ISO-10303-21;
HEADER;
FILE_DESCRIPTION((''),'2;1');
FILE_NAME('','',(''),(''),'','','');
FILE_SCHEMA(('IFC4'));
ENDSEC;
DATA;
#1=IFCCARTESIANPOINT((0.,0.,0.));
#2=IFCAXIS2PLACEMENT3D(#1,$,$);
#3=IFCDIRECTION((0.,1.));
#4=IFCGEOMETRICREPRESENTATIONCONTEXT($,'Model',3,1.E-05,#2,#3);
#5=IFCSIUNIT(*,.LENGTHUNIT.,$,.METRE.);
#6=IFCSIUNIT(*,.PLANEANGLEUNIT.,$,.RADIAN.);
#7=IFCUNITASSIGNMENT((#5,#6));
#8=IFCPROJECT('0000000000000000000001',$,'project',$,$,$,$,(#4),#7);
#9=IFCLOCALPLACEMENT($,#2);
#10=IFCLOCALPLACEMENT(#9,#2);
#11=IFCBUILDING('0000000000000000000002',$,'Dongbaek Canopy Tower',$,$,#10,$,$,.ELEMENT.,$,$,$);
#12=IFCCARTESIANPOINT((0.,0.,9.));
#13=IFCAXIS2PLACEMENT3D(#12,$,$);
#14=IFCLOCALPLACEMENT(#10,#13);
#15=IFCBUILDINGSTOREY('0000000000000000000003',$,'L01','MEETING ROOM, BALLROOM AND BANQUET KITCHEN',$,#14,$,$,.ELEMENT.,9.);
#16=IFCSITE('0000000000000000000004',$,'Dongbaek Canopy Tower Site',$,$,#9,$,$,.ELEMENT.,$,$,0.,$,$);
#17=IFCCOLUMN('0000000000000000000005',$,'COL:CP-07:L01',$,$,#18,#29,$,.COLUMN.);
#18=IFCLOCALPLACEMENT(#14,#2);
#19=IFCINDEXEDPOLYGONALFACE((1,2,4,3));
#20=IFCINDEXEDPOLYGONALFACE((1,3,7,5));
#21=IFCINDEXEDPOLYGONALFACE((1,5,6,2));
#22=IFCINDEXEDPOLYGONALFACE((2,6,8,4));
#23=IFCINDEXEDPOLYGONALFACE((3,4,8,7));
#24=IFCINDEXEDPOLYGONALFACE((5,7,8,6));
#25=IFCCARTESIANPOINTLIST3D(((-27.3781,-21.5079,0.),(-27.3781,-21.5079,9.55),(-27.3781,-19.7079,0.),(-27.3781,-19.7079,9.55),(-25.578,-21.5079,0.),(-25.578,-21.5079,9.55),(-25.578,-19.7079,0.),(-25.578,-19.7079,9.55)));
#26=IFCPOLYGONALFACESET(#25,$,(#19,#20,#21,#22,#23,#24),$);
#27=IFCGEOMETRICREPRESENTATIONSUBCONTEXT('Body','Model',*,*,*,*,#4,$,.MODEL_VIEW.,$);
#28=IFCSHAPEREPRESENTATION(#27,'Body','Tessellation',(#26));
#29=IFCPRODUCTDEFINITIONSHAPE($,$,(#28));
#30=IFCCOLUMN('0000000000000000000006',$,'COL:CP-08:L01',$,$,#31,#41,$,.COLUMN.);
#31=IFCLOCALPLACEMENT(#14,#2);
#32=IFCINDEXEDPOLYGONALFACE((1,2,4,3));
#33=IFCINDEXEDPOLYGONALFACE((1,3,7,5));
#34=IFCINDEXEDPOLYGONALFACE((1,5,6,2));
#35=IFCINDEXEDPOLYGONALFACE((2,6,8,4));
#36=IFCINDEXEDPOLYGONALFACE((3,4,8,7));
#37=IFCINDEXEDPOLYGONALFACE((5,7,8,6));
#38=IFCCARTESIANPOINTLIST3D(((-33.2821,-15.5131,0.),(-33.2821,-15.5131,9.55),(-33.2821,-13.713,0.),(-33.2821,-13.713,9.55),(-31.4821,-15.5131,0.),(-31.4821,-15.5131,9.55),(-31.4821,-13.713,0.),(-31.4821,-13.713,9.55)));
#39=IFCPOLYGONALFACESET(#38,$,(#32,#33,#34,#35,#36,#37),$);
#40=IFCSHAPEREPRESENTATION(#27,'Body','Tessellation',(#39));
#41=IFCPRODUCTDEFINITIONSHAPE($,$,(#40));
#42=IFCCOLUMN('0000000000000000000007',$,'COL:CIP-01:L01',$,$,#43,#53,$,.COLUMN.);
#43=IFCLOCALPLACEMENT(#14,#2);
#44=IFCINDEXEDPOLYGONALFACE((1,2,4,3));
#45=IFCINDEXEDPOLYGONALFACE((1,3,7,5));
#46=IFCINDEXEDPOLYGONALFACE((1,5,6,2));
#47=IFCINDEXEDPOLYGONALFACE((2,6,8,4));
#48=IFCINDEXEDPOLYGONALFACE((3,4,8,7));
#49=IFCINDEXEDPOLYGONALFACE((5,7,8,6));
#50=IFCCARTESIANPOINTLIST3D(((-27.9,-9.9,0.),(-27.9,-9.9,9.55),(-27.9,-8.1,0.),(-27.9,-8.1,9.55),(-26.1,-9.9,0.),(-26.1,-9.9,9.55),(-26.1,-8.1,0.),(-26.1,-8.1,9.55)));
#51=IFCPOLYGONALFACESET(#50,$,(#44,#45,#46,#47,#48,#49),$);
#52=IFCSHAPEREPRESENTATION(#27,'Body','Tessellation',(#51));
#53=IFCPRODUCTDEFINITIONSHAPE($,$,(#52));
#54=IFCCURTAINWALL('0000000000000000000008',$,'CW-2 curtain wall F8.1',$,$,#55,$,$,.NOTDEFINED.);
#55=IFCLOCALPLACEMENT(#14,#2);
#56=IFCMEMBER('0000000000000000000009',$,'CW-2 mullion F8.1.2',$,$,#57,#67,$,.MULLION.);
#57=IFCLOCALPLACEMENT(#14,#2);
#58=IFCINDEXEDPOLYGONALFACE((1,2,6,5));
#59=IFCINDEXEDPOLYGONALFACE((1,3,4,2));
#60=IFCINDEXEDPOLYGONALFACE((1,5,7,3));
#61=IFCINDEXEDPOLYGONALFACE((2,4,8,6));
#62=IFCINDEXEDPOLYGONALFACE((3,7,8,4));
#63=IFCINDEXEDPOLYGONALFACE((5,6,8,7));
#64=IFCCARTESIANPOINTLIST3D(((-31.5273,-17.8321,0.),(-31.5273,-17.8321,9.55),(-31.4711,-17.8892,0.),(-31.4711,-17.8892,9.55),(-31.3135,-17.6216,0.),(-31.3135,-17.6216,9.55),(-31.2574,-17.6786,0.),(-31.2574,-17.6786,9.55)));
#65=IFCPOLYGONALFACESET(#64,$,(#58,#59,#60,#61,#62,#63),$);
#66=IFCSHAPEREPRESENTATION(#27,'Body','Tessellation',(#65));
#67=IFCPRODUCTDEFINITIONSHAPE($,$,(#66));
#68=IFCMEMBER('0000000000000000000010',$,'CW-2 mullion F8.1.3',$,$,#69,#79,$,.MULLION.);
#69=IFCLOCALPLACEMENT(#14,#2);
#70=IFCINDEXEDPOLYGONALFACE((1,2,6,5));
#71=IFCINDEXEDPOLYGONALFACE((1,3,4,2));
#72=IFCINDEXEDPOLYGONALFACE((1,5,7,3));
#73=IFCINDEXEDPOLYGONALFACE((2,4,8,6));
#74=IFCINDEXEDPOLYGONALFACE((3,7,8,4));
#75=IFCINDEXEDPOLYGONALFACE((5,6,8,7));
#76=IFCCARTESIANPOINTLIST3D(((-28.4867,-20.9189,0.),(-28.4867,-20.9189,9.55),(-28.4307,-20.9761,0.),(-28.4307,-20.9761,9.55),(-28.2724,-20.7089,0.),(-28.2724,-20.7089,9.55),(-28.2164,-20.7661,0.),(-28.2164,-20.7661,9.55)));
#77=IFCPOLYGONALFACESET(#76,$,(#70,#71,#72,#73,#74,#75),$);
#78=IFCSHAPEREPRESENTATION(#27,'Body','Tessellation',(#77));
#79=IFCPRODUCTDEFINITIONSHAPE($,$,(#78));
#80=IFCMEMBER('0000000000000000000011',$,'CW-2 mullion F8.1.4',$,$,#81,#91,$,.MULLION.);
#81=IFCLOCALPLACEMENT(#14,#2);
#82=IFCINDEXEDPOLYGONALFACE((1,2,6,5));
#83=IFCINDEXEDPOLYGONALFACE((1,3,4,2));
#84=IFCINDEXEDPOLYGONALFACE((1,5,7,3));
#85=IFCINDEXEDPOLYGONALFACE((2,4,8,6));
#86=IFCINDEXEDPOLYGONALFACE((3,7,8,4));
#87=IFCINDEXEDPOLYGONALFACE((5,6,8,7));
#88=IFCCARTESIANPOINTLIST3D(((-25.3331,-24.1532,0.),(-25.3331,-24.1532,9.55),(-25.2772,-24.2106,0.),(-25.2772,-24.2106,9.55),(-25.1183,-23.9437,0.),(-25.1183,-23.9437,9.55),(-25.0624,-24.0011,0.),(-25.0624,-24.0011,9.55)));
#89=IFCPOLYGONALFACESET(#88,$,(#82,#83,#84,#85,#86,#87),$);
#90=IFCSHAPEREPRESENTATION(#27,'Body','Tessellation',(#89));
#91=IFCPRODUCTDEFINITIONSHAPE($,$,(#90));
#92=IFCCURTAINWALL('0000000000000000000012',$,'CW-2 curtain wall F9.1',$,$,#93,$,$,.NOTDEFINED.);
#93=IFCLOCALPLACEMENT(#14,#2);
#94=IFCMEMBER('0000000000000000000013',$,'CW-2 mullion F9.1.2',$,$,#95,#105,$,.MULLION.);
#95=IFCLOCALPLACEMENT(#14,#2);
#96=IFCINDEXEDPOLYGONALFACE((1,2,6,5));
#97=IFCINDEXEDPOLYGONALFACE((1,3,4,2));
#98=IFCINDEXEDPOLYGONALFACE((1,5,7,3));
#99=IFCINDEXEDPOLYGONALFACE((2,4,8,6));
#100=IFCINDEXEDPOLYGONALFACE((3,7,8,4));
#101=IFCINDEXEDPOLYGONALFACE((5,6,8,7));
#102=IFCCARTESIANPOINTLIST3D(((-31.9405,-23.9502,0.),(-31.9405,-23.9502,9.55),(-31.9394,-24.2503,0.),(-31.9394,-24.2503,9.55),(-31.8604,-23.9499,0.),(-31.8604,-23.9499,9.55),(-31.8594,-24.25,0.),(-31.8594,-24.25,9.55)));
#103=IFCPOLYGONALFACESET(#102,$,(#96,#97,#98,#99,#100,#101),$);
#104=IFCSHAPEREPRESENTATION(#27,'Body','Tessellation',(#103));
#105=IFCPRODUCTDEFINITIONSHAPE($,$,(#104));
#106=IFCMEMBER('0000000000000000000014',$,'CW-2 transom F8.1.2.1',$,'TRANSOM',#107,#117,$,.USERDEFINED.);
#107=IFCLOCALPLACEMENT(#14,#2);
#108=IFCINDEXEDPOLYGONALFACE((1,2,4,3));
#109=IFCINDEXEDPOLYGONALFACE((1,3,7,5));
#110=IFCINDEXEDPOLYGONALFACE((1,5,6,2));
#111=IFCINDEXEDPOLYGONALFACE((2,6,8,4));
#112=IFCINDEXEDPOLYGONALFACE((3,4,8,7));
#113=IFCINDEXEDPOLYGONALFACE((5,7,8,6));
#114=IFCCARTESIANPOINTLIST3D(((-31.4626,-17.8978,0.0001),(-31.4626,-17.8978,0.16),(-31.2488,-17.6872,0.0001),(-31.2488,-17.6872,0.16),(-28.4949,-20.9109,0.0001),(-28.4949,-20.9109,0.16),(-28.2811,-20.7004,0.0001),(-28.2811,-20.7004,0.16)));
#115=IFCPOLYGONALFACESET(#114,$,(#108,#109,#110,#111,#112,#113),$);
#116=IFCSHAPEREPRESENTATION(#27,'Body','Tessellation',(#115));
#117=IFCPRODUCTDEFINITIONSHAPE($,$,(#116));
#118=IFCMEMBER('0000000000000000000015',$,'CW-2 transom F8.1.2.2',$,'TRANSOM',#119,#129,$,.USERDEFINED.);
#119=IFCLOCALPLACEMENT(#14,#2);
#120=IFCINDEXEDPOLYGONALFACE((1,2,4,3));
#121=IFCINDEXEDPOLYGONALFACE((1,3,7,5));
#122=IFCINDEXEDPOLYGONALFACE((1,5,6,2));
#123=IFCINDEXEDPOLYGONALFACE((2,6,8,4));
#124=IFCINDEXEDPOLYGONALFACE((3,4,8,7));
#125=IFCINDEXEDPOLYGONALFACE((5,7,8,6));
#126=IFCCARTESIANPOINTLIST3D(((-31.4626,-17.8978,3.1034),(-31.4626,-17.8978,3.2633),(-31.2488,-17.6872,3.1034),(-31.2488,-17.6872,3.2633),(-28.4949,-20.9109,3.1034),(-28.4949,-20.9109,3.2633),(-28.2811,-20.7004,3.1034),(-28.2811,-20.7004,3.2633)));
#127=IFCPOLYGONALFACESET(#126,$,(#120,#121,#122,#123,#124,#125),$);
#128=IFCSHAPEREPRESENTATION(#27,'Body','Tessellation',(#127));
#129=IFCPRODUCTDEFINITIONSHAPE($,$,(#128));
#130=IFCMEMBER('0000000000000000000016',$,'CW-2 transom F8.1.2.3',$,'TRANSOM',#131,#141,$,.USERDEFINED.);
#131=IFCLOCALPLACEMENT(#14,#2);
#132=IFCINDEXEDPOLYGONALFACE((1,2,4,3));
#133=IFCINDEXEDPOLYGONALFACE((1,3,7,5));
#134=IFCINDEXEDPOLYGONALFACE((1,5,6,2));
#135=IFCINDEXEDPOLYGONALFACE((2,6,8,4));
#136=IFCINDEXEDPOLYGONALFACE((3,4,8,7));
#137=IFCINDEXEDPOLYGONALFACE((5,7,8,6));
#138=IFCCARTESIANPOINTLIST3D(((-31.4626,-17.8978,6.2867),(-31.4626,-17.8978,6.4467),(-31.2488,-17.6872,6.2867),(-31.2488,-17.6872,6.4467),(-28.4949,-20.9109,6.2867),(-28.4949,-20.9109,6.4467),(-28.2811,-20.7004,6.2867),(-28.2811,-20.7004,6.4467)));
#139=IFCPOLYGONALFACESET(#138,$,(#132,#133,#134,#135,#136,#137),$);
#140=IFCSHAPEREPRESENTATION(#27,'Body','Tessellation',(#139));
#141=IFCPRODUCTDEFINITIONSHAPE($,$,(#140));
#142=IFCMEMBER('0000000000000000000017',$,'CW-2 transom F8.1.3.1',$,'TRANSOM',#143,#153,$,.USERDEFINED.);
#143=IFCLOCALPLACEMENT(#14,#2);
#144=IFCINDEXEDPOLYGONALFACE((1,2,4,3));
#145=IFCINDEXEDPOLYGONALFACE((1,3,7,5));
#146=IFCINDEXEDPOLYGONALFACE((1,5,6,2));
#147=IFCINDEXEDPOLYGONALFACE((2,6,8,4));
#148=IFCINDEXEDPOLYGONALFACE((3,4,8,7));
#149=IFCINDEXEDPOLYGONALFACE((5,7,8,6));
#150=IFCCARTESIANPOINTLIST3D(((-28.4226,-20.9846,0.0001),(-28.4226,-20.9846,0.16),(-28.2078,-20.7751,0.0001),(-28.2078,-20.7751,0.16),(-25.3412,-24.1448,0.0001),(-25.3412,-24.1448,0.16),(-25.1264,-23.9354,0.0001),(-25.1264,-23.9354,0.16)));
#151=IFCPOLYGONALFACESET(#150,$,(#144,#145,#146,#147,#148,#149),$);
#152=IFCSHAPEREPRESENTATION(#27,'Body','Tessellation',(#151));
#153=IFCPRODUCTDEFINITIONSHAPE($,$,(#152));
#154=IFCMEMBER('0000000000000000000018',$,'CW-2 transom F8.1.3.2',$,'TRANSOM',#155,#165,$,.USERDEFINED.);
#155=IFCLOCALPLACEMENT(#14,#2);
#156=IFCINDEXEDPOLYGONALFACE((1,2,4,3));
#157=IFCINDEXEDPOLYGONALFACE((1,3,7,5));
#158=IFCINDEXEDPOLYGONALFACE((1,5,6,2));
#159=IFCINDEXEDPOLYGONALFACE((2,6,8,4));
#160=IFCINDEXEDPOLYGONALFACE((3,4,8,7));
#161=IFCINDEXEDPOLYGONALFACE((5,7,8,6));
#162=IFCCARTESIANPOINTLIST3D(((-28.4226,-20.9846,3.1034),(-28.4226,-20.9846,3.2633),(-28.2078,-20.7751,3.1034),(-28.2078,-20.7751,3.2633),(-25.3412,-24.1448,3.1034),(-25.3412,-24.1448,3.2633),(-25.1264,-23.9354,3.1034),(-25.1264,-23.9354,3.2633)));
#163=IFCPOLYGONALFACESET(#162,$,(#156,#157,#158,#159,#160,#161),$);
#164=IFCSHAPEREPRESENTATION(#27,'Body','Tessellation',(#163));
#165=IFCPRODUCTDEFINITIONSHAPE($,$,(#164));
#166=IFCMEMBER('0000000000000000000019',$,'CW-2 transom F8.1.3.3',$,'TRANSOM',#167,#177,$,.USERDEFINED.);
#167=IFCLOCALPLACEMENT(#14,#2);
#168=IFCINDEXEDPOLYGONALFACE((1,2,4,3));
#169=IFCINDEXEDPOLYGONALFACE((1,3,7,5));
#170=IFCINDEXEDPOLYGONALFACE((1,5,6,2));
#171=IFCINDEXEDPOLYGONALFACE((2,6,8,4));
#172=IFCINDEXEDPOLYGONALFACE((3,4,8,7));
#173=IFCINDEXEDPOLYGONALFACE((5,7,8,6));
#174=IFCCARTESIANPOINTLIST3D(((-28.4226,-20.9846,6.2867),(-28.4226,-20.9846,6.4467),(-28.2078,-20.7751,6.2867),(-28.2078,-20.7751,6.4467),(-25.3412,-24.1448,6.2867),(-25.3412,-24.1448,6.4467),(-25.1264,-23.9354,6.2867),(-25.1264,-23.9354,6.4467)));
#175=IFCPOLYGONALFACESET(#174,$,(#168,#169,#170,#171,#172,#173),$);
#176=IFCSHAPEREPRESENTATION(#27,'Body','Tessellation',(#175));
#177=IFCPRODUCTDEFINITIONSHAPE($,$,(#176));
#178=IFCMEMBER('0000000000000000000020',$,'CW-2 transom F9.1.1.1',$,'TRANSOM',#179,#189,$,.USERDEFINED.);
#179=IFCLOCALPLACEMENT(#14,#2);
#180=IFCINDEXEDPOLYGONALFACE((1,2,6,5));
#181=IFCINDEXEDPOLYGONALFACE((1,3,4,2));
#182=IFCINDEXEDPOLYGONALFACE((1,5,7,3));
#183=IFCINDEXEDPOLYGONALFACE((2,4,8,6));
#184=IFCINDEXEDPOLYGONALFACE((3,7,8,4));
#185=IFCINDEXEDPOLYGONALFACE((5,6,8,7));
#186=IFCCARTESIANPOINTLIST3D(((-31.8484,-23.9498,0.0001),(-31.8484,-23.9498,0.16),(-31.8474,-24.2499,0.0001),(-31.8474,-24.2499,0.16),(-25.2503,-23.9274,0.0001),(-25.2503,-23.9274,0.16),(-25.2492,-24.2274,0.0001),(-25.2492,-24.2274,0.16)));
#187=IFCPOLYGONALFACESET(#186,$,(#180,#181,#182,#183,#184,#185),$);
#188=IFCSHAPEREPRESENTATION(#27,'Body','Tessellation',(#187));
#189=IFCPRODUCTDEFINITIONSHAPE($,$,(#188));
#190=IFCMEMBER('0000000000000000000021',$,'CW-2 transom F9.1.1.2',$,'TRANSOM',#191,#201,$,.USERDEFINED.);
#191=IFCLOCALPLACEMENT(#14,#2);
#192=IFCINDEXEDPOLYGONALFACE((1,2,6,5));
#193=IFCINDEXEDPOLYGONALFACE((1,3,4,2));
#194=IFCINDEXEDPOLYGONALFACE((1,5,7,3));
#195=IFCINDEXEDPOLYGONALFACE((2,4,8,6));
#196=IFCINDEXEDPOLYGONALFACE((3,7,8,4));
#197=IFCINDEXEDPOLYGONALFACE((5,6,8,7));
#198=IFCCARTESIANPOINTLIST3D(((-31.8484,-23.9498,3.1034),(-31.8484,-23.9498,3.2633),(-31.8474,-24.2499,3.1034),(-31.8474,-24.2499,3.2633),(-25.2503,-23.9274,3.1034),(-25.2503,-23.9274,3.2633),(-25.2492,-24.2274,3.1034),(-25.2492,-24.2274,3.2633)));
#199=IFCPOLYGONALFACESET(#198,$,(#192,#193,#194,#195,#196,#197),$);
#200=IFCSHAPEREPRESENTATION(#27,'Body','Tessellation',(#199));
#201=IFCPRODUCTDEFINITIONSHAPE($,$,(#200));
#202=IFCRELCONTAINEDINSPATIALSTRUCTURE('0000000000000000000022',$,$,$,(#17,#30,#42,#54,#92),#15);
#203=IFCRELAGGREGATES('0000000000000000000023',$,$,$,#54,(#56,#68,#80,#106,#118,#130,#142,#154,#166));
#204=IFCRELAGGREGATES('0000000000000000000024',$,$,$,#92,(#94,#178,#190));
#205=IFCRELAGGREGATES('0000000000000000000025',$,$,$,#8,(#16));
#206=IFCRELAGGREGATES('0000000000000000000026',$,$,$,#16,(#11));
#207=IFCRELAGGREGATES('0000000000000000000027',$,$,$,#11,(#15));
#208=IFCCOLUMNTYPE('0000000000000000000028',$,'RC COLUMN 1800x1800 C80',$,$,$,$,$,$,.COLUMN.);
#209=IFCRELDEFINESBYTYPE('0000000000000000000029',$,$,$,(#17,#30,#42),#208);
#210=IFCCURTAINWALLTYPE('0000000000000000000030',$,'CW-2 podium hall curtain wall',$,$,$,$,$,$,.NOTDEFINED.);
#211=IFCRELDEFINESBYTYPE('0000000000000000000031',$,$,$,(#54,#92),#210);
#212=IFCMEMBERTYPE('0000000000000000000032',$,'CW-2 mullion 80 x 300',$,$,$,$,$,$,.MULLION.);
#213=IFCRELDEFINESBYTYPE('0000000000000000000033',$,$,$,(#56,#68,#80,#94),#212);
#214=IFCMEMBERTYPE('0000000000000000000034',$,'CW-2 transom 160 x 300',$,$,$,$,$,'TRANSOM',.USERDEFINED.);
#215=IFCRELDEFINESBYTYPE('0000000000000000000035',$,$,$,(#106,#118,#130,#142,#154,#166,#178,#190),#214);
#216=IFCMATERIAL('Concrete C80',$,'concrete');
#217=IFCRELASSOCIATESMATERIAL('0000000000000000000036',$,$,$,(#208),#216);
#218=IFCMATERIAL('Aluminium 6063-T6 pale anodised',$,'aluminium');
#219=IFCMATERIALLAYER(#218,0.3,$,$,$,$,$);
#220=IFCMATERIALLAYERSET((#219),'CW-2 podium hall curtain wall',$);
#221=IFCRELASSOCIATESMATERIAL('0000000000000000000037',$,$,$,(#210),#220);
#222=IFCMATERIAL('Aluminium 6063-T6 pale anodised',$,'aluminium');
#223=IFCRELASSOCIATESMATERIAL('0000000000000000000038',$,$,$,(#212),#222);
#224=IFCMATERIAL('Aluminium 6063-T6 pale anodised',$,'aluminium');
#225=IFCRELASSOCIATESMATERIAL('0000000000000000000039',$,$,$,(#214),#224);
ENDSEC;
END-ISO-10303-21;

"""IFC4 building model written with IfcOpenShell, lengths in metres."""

from ifc_helpers import new_model, si_unit, direction, frame, origin, origin_2d, place, context, subcontext, project, spatial, rectangle, extrude, material, layer, layer_set, material_profile, profile_set, type_object, element, aggregate, save


model = new_model("IFC4")

# Units and contexts
model_context = context("Model", 3, precision=1e-05, world=origin(), true_north=direction((0.0, 1.0)))
body_context = subcontext(model_context, "Body", "Model", "MODEL_VIEW")
ifc_project = project(units=[si_unit("LENGTHUNIT", "METRE"), si_unit("PLANEANGLEUNIT", "RADIAN")], contexts=[model_context])

# Site, building, storey
site_placement = place(None, origin())
site = spatial("IfcSite", under=ifc_project, at=site_placement, Name="Dongbaek Canopy Tower Site", CompositionType="ELEMENT", RefElevation=0.0)
building_placement = place(site_placement, origin())
building = spatial("IfcBuilding", under=site, at=building_placement, Name="Dongbaek Canopy Tower", CompositionType="ELEMENT")
storey_placement = place(building_placement, frame((0.0, 0.0, 9.0)))
storey = spatial("IfcBuildingStorey", under=building, at=storey_placement, Name="L01", Description="MEETING ROOM, BALLROOM AND BANQUET KITCHEN", CompositionType="ELEMENT", Elevation=9.0)

# Columns
ifc_material_1 = material(Name="Concrete C80", Category="concrete")
ifc_material_profile_1 = material_profile(ifc_material_1, rectangle(XDim=1.8, YDim=1.8, at=origin_2d()), Name="RC COLUMN 1800x1800 C80")
ifc_profile_set_1 = profile_set([ifc_material_profile_1], Name="Concrete C80")
column_type = type_object("IfcColumnType", Name="RC COLUMN 1800x1800 C80", PredefinedType="COLUMN", material=ifc_profile_set_1)
for number, where, z_axis, x_axis, name in (
    (1, (-26.478, -20.6079, 0.0), (0.0, 0.0, 1.0), (1.0, 0.0, 0.0), "COL:CP-07:L01"),
    (2, (-32.3821, -14.613, 0.0), (0.0, 0.0, 1.0), (1.0, 0.0, 0.0), "COL:CP-08:L01"),
    (3, (-27.0, -9.0, 0.0), (0.0, 0.0, 1.0), (1.0, 0.0, 0.0), "COL:CIP-01:L01"),
):
    element("IfcColumn", number, at=place(storey_placement, frame(where, z_axis=z_axis, x_axis=x_axis)), inside=storey, type_object=column_type, Name=name, PredefinedType="COLUMN", context=body_context, shape_type="SweptSolid", body=[
        extrude(rectangle(XDim=1.8, YDim=1.8, at=origin_2d()), origin(), (0.0, 0.0, 1.0), 9.55),
    ])

# Curtain wall, members
ifc_material_2 = material(Name="Aluminium 6063-T6 pale anodised", Category="aluminium")
ifc_layer_1 = layer(ifc_material_2, 0.3)
ifc_layer_set_1 = layer_set([ifc_layer_1], Name="CW-2 podium hall curtain wall")
curtain_wall_type = type_object("IfcCurtainWallType", Name="CW-2 podium hall curtain wall", PredefinedType="NOTDEFINED", material=ifc_layer_set_1)
curtain_wall_1_placement = place(storey_placement, origin())
curtain_wall_1 = element("IfcCurtainWall", 4, at=curtain_wall_1_placement, inside=storey, type_object=curtain_wall_type, Name="CW-2 curtain wall F8.1", PredefinedType="NOTDEFINED")
ifc_material_3 = material(Name="Aluminium 6063-T6 pale anodised", Category="aluminium")
ifc_material_profile_2 = material_profile(ifc_material_3, rectangle(XDim=0.3, YDim=0.0801, at=origin_2d()), Name="CW-2 mullion 80 x 300")
ifc_profile_set_2 = profile_set([ifc_material_profile_2], Name="Aluminium 6063-T6 pale anodised")
member_type_1 = type_object("IfcMemberType", Name="CW-2 mullion 80 x 300", PredefinedType="MULLION", material=ifc_profile_set_2)
member_1_placement = place(storey_placement, frame((-31.3923, -17.7554, 0.0), z_axis=(0.0, 0.0, 1.0), x_axis=(-0.712455, -0.701718, 0.0)))
member_1 = element("IfcMember", 5, at=member_1_placement, type_object=member_type_1, Name="CW-2 mullion F8.1.2", PredefinedType="MULLION", context=body_context, shape_type="SweptSolid", body=[
    extrude(rectangle(XDim=0.3, YDim=0.0801, at=origin_2d()), origin(), (0.0, 0.0, 1.0), 9.55),
])
member_2_placement = place(storey_placement, frame((-28.3516, -20.8425, 0.0), z_axis=(0.0, 0.0, 1.0), x_axis=(-0.71422, -0.699921, 0.0)))
member_2 = element("IfcMember", 6, at=member_2_placement, type_object=member_type_1, Name="CW-2 mullion F8.1.3", PredefinedType="MULLION", context=body_context, shape_type="SweptSolid", body=[
    extrude(rectangle(XDim=0.3, YDim=0.0801, at=origin_2d()), origin(), (0.0, 0.0, 1.0), 9.55),
])
member_3_placement = place(storey_placement, frame((-25.1978, -24.0771, 0.0), z_axis=(0.0, 0.0, 1.0), x_axis=(-0.715981, -0.69812, 0.0)))
member_3 = element("IfcMember", 7, at=member_3_placement, type_object=member_type_1, Name="CW-2 mullion F8.1.4", PredefinedType="MULLION", context=body_context, shape_type="SweptSolid", body=[
    extrude(rectangle(XDim=0.3, YDim=0.0801, at=origin_2d()), origin(), (0.0, 0.0, 1.0), 9.55),
])

# Curtain wall, member
curtain_wall_2_placement = place(storey_placement, origin())
curtain_wall_2 = element("IfcCurtainWall", 8, at=curtain_wall_2_placement, inside=storey, type_object=curtain_wall_type, Name="CW-2 curtain wall F9.1", PredefinedType="NOTDEFINED")
member_4_placement = place(storey_placement, frame((-31.8999, -24.1001, 0.0), z_axis=(0.0, 0.0, 1.0), x_axis=(-0.003396, 0.999994, 0.0)))
member_4 = element("IfcMember", 9, at=member_4_placement, type_object=member_type_1, Name="CW-2 mullion F9.1.2", PredefinedType="MULLION", context=body_context, shape_type="SweptSolid", body=[
    extrude(rectangle(XDim=0.3, YDim=0.0801, at=origin_2d()), origin(), (0.0, 0.0, 1.0), 9.55),
])

# Members
ifc_material_4 = material(Name="Aluminium 6063-T6 pale anodised", Category="aluminium")
ifc_material_profile_3 = material_profile(ifc_material_4, rectangle(XDim=0.3, YDim=0.1599, at=origin_2d()), Name="CW-2 transom 160 x 300")
ifc_profile_set_3 = profile_set([ifc_material_profile_3], Name="Aluminium 6063-T6 pale anodised")
member_type_2 = type_object("IfcMemberType", Name="CW-2 transom 160 x 300", ElementType="TRANSOM", PredefinedType="USERDEFINED", material=ifc_profile_set_3)
member_5_placement = place(storey_placement, frame((-31.3557, -17.7925, 0.0801), z_axis=(0.701718, -0.712455, 0.0), x_axis=(0.712455, 0.701718, 0.0)))
member_5 = element("IfcMember", 10, at=member_5_placement, type_object=member_type_2, Name="CW-2 transom F8.1.2.1", ObjectType="TRANSOM", PredefinedType="USERDEFINED", context=body_context, shape_type="SweptSolid", body=[
    extrude(rectangle(XDim=0.3, YDim=0.1599, at=origin_2d()), origin(), (0.0, 0.0, 1.0), 4.2292),
])
member_6_placement = place(storey_placement, frame((-31.3557, -17.7925, 3.1833), z_axis=(0.701718, -0.712455, 0.0), x_axis=(0.712455, 0.701718, 0.0)))
member_6 = element("IfcMember", 11, at=member_6_placement, type_object=member_type_2, Name="CW-2 transom F8.1.2.2", ObjectType="TRANSOM", PredefinedType="USERDEFINED", context=body_context, shape_type="SweptSolid", body=[
    extrude(rectangle(XDim=0.3, YDim=0.1599, at=origin_2d()), origin(), (0.0, 0.0, 1.0), 4.2292),
])
member_7_placement = place(storey_placement, frame((-31.3557, -17.7925, 6.3667), z_axis=(0.701718, -0.712455, 0.0), x_axis=(0.712455, 0.701718, 0.0)))
member_7 = element("IfcMember", 12, at=member_7_placement, type_object=member_type_2, Name="CW-2 transom F8.1.2.3", ObjectType="TRANSOM", PredefinedType="USERDEFINED", context=body_context, shape_type="SweptSolid", body=[
    extrude(rectangle(XDim=0.3, YDim=0.1599, at=origin_2d()), origin(), (0.0, 0.0, 1.0), 4.2292),
])
member_8_placement = place(storey_placement, frame((-28.3152, -20.8799, 0.0801), z_axis=(0.698117, -0.715984, 0.0), x_axis=(0.715984, 0.698117, 0.0)))
member_8 = element("IfcMember", 13, at=member_8_placement, type_object=member_type_2, Name="CW-2 transom F8.1.3.1", ObjectType="TRANSOM", PredefinedType="USERDEFINED", context=body_context, shape_type="SweptSolid", body=[
    extrude(rectangle(XDim=0.3, YDim=0.1599, at=origin_2d()), origin(), (0.0, 0.0, 1.0), 4.4138),
])
member_9_placement = place(storey_placement, frame((-28.3152, -20.8799, 3.1833), z_axis=(0.698117, -0.715984, 0.0), x_axis=(0.715984, 0.698117, 0.0)))
member_9 = element("IfcMember", 14, at=member_9_placement, type_object=member_type_2, Name="CW-2 transom F8.1.3.2", ObjectType="TRANSOM", PredefinedType="USERDEFINED", context=body_context, shape_type="SweptSolid", body=[
    extrude(rectangle(XDim=0.3, YDim=0.1599, at=origin_2d()), origin(), (0.0, 0.0, 1.0), 4.4138),
])
member_10_placement = place(storey_placement, frame((-28.3152, -20.8799, 6.3667), z_axis=(0.698117, -0.715984, 0.0), x_axis=(0.715984, 0.698117, 0.0)))
member_10 = element("IfcMember", 15, at=member_10_placement, type_object=member_type_2, Name="CW-2 transom F8.1.3.3", ObjectType="TRANSOM", PredefinedType="USERDEFINED", context=body_context, shape_type="SweptSolid", body=[
    extrude(rectangle(XDim=0.3, YDim=0.1599, at=origin_2d()), origin(), (0.0, 0.0, 1.0), 4.4138),
])
member_11_placement = place(storey_placement, frame((-25.2498, -24.0774, 0.0801), z_axis=(-0.999994, -0.003404, 0.0), x_axis=(0.003404, -0.999994, 0.0)))
member_11 = element("IfcMember", 16, at=member_11_placement, type_object=member_type_2, Name="CW-2 transom F9.1.1.1", ObjectType="TRANSOM", PredefinedType="USERDEFINED", context=body_context, shape_type="SweptSolid", body=[
    extrude(rectangle(XDim=0.3, YDim=0.1599, at=origin_2d()), origin(), (0.0, 0.0, 1.0), 6.5981),
])
member_12_placement = place(storey_placement, frame((-25.2498, -24.0774, 3.1833), z_axis=(-0.999994, -0.003404, 0.0), x_axis=(0.003404, -0.999994, 0.0)))
member_12 = element("IfcMember", 17, at=member_12_placement, type_object=member_type_2, Name="CW-2 transom F9.1.1.2", ObjectType="TRANSOM", PredefinedType="USERDEFINED", context=body_context, shape_type="SweptSolid", body=[
    extrude(rectangle(XDim=0.3, YDim=0.1599, at=origin_2d()), origin(), (0.0, 0.0, 1.0), 6.5981),
])

aggregate(curtain_wall_1, [member_1, member_2, member_3, member_5, member_6, member_7, member_8, member_9, member_10])
aggregate(curtain_wall_2, [member_4, member_11, member_12])

save(model, "model.ifc")
